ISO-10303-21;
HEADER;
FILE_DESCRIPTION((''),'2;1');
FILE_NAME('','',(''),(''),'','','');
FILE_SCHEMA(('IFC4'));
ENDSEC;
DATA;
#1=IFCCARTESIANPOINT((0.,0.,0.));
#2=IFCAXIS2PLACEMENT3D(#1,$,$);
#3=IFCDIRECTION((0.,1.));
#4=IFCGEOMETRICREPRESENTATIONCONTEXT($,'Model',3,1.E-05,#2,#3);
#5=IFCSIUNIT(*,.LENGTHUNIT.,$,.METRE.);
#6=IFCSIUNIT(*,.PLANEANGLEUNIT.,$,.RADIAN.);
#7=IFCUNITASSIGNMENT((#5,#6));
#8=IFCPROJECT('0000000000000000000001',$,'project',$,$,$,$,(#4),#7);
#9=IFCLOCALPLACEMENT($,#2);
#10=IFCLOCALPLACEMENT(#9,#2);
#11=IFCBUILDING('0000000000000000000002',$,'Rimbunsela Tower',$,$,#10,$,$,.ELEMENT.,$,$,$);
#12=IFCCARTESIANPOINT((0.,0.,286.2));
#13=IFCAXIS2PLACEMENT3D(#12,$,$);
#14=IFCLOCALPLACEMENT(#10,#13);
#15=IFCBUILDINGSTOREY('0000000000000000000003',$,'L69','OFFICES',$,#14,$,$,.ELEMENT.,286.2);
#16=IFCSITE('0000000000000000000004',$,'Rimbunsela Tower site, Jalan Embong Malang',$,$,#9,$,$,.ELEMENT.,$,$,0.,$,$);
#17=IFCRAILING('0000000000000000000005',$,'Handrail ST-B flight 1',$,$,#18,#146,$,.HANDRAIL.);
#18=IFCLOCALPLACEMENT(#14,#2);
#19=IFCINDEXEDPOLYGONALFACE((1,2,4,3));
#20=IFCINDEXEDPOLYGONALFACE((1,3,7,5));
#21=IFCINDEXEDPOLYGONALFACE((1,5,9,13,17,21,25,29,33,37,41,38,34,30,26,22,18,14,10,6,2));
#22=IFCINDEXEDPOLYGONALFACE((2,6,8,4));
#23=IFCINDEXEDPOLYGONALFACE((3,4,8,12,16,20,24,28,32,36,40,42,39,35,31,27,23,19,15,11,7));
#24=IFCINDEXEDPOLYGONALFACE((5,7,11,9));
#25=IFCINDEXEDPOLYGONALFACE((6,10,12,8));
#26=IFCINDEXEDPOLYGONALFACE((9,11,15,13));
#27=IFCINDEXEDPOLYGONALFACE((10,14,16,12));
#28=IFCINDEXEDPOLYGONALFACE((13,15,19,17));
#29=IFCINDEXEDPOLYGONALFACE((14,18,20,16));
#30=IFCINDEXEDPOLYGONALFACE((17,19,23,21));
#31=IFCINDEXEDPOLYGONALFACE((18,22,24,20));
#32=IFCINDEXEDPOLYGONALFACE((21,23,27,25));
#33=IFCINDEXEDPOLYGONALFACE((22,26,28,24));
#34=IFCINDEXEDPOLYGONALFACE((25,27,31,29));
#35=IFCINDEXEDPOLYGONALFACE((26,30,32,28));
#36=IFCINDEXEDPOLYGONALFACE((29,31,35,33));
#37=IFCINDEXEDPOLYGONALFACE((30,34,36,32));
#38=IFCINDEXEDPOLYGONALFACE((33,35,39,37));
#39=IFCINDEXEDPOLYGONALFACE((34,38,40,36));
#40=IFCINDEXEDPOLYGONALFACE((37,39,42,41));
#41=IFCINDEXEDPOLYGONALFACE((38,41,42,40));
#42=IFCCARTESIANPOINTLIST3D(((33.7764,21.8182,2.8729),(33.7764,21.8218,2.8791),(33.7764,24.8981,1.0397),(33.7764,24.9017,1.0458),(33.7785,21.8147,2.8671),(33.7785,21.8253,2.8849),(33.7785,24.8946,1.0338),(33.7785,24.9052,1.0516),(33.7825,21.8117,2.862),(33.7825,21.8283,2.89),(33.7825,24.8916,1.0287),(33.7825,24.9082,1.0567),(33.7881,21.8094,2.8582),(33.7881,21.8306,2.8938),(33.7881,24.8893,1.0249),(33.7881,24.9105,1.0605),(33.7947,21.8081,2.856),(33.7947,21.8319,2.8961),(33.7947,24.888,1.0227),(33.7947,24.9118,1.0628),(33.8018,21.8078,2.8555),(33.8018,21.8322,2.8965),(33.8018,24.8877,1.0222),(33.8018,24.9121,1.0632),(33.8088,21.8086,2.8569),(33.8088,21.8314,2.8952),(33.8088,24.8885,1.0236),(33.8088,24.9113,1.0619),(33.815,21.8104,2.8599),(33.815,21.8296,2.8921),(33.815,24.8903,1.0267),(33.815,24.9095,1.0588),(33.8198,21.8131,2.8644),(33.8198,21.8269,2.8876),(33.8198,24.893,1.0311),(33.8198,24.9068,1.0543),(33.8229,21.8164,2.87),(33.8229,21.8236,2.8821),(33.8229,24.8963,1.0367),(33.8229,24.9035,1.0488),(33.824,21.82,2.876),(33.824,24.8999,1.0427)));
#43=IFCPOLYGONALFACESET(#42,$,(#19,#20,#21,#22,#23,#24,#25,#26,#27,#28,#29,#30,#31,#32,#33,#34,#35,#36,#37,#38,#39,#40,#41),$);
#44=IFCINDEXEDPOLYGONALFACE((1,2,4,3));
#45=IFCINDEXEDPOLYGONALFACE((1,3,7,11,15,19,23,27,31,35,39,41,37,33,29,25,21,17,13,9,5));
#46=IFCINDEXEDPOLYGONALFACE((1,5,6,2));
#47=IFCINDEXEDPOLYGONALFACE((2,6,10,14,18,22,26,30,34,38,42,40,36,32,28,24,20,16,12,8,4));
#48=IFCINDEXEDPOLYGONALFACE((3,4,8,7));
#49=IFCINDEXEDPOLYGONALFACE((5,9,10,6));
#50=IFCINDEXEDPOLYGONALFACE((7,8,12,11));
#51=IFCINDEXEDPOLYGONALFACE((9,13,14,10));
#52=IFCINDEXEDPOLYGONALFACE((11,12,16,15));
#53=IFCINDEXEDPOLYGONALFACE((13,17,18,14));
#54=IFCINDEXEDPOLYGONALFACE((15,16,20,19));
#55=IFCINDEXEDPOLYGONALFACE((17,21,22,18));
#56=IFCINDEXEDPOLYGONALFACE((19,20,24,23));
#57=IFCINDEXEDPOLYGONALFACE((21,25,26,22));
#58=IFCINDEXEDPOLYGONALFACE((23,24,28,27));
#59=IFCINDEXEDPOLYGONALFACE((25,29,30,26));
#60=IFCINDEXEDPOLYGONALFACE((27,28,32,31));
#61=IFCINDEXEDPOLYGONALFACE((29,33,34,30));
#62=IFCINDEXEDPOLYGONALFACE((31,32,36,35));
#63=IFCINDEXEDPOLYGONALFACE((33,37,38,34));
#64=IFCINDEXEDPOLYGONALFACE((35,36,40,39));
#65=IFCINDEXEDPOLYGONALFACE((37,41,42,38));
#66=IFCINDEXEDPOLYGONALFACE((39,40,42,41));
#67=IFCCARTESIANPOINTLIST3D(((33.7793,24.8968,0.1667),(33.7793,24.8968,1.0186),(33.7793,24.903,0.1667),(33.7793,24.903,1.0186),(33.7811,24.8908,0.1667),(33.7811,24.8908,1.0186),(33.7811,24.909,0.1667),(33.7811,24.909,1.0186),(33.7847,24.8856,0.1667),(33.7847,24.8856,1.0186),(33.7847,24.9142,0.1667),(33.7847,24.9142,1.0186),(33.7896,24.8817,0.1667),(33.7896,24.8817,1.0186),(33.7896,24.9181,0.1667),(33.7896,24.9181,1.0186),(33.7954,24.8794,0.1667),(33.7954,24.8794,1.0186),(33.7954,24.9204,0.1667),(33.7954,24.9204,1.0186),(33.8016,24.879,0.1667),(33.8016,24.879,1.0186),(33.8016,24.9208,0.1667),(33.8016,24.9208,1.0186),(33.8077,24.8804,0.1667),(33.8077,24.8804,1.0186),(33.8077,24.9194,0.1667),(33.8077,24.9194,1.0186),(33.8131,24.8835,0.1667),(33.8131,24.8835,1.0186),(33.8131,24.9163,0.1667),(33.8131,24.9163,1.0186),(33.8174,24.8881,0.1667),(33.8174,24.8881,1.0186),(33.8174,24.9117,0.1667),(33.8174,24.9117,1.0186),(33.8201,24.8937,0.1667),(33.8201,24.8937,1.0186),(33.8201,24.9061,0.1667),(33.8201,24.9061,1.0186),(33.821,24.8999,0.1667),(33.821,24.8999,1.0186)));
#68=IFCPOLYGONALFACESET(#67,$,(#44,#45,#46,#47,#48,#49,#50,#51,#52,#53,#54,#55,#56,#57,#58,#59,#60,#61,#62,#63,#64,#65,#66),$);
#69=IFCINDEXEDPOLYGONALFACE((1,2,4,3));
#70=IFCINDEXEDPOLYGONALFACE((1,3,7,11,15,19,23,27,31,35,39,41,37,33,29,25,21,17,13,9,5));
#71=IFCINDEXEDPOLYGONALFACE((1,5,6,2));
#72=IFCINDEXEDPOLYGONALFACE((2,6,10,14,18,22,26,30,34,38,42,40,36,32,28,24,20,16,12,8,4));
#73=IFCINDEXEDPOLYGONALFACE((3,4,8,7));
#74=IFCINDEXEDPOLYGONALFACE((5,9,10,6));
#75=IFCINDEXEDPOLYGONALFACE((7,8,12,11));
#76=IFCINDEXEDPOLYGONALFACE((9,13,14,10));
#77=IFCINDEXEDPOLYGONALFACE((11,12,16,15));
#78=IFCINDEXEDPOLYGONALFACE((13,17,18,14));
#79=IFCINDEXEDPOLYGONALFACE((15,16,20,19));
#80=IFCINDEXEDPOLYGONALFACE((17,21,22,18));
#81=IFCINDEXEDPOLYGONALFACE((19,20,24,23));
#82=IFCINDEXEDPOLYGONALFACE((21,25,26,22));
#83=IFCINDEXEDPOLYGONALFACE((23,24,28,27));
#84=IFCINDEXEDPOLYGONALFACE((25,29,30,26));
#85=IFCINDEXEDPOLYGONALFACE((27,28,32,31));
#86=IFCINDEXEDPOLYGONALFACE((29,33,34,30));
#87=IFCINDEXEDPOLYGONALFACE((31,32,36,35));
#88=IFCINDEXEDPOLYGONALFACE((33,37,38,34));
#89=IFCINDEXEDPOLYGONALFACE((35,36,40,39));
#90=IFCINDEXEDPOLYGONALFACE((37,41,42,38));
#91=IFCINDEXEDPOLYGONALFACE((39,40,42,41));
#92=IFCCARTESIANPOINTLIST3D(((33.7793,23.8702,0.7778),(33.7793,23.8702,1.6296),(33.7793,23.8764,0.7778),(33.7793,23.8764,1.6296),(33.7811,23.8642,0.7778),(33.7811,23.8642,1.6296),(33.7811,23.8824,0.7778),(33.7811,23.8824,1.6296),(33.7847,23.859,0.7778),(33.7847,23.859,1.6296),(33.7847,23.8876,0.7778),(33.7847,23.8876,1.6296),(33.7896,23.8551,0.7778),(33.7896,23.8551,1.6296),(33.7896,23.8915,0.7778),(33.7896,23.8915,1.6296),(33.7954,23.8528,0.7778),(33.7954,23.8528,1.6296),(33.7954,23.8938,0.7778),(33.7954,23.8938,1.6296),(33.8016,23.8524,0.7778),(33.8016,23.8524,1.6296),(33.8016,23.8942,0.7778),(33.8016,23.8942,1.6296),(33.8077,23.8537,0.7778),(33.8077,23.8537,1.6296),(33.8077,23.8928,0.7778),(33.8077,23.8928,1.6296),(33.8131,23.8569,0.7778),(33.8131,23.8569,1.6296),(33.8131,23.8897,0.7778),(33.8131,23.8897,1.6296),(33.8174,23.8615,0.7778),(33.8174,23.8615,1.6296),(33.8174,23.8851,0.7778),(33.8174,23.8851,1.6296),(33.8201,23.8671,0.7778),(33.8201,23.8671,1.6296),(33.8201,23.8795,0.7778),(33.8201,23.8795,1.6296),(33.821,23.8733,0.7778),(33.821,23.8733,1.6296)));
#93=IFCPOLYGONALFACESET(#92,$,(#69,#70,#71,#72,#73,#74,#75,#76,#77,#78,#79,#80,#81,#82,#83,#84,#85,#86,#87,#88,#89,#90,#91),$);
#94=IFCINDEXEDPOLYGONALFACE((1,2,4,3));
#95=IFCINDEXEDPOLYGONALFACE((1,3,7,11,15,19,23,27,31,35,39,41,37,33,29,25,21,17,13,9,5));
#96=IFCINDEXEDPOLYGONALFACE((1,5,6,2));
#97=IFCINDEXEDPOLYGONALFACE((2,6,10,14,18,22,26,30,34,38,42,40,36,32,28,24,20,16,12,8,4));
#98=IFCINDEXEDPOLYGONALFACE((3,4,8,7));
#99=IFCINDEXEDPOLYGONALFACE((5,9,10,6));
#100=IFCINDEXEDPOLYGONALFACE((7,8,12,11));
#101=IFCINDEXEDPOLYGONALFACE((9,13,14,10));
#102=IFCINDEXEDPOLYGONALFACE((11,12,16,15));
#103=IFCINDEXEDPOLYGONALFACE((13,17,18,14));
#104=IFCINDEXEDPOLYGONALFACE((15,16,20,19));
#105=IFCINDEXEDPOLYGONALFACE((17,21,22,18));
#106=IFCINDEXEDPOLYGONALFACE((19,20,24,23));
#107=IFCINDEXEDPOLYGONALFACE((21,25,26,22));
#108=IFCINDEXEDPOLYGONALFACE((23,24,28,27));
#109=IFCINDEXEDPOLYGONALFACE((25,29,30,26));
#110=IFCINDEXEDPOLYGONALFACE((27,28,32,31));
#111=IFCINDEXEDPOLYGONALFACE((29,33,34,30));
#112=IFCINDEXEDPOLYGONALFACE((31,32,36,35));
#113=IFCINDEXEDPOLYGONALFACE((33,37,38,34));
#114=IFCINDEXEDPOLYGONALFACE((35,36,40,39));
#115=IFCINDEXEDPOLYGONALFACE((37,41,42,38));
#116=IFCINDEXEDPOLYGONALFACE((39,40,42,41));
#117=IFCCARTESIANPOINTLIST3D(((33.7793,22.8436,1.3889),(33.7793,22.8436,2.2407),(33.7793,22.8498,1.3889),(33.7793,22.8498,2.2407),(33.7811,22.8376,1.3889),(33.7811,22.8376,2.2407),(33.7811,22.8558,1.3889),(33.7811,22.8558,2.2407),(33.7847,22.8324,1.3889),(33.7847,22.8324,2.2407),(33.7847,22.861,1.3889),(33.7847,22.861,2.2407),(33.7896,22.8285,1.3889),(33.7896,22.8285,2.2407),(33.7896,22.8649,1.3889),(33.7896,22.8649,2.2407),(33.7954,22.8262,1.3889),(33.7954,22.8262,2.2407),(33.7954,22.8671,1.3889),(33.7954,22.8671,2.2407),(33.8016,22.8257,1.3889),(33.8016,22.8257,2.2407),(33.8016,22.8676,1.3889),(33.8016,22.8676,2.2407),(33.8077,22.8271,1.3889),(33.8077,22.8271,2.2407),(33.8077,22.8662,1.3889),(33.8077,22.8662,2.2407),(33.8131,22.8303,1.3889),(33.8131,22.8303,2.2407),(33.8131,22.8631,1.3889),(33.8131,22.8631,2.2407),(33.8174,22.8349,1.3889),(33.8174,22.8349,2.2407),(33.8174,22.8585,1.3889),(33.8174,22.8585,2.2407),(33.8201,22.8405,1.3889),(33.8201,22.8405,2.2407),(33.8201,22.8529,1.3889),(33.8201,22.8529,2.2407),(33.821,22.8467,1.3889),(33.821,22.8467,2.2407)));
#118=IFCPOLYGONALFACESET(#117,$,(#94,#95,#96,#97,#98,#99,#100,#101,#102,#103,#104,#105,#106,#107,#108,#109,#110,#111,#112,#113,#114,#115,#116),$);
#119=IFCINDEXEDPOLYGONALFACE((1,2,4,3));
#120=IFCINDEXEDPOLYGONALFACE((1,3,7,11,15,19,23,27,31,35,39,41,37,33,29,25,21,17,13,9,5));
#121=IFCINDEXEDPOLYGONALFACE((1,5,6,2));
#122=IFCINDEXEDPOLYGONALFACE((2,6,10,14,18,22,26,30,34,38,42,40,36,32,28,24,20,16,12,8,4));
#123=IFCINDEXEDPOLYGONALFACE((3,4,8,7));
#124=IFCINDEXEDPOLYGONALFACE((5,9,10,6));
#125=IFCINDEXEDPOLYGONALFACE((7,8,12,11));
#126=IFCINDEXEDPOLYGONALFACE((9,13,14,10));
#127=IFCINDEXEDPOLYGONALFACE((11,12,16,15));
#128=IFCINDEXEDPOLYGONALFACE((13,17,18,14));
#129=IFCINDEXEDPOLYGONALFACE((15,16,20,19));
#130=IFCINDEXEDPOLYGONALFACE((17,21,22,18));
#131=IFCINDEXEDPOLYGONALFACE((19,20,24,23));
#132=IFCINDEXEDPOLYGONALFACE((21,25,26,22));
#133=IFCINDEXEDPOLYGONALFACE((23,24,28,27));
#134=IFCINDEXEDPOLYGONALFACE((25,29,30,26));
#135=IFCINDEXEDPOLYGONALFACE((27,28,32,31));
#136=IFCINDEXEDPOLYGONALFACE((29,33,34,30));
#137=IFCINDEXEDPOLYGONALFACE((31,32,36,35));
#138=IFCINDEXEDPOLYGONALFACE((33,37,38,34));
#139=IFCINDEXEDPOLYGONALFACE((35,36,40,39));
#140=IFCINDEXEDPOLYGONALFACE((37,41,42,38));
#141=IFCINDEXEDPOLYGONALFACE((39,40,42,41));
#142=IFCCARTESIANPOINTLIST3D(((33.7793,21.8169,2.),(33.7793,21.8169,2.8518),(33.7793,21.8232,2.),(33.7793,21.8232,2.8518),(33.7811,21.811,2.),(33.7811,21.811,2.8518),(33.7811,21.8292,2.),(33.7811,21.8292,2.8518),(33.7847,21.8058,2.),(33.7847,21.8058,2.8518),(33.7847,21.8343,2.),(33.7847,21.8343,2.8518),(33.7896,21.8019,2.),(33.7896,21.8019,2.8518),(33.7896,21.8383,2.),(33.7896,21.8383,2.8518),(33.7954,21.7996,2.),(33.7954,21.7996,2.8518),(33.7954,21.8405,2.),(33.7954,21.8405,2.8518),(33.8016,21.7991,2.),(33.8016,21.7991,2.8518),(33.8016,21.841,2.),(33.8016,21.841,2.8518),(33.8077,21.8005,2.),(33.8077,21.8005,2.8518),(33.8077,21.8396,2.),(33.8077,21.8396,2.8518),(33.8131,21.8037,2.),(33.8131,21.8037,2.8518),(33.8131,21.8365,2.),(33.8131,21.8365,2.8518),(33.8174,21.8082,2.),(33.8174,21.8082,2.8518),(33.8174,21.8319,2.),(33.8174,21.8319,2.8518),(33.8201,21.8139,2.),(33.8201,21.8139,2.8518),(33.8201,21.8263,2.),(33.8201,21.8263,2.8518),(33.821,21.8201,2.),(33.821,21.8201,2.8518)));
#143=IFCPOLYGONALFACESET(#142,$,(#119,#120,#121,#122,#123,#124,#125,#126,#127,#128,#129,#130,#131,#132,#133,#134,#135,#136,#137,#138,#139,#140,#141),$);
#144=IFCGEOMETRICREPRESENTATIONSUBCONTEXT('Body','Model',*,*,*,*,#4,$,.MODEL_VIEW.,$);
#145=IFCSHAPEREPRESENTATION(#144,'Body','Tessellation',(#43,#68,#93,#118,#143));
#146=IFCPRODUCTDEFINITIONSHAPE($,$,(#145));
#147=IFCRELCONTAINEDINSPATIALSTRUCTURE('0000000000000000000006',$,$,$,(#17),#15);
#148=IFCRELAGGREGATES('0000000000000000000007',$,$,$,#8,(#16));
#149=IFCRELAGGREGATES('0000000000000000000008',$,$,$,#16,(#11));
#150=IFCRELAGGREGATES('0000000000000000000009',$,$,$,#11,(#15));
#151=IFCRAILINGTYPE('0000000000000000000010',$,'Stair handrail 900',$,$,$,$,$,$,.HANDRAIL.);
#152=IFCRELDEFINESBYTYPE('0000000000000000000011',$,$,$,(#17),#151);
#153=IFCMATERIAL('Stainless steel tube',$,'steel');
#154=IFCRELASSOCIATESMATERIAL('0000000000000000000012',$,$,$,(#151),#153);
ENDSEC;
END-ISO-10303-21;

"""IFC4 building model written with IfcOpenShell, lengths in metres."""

from ifc_helpers import new_model, si_unit, direction, frame, origin, origin_2d, place, context, subcontext, project, spatial, circle, extrude, material, type_object, element, save


model = new_model("IFC4")

# Units and contexts
model_context = context("Model", 3, precision=1e-05, world=origin(), true_north=direction((0.0, 1.0)))
body_context = subcontext(model_context, "Body", "Model", "MODEL_VIEW")
ifc_project = project(units=[si_unit("LENGTHUNIT", "METRE"), si_unit("PLANEANGLEUNIT", "RADIAN")], contexts=[model_context])

# Site, building, storey
site_placement = place(None, origin())
site = spatial("IfcSite", under=ifc_project, at=site_placement, Name="Rimbunsela Tower site, Jalan Embong Malang", CompositionType="ELEMENT", RefElevation=0.0)
building_placement = place(site_placement, origin())
building = spatial("IfcBuilding", under=site, at=building_placement, Name="Rimbunsela Tower", CompositionType="ELEMENT")
storey_placement = place(building_placement, frame((0.0, 0.0, 286.2)))
storey = spatial("IfcBuildingStorey", under=building, at=storey_placement, Name="L69", Description="OFFICES", CompositionType="ELEMENT", Elevation=286.2)

# Railing
ifc_material_1 = material(Name="Stainless steel tube", Category="steel")
railing_type = type_object("IfcRailingType", Name="Stair handrail 900", PredefinedType="HANDRAIL", material=ifc_material_1)
for number, where, name in (
    (1, (33.8, 24.8999, 0.1667), "Handrail ST-B flight 1"),
):
    element("IfcRailing", number, at=place(storey_placement, frame(where)), inside=storey, type_object=railing_type, Name=name, PredefinedType="HANDRAIL", context=body_context, shape_type="SweptSolid", body=[
        extrude(circle(Radius=0.0239, at=origin_2d()), frame((0.0, 0.0, 0.876), z_axis=(0.0, -0.859291, 0.511487), x_axis=(1.0, 0.0, 0.0)), (0.0, 0.0, 1.0), 3.5842),
        extrude(circle(Radius=0.021, at=origin_2d()), origin(), (0.0, 0.0, 1.0), 0.8518),
        extrude(circle(Radius=0.021, at=origin_2d()), frame((0.0, -1.0266, 0.6111)), (0.0, 0.0, 1.0), 0.8518),
        extrude(circle(Radius=0.021, at=origin_2d()), frame((0.0, -2.0532, 1.2222)), (0.0, 0.0, 1.0), 0.8518),
        extrude(circle(Radius=0.021, at=origin_2d()), frame((0.0, -3.0798, 1.8333)), (0.0, 0.0, 1.0), 0.8518),
    ])

save(model, "model.ifc")
